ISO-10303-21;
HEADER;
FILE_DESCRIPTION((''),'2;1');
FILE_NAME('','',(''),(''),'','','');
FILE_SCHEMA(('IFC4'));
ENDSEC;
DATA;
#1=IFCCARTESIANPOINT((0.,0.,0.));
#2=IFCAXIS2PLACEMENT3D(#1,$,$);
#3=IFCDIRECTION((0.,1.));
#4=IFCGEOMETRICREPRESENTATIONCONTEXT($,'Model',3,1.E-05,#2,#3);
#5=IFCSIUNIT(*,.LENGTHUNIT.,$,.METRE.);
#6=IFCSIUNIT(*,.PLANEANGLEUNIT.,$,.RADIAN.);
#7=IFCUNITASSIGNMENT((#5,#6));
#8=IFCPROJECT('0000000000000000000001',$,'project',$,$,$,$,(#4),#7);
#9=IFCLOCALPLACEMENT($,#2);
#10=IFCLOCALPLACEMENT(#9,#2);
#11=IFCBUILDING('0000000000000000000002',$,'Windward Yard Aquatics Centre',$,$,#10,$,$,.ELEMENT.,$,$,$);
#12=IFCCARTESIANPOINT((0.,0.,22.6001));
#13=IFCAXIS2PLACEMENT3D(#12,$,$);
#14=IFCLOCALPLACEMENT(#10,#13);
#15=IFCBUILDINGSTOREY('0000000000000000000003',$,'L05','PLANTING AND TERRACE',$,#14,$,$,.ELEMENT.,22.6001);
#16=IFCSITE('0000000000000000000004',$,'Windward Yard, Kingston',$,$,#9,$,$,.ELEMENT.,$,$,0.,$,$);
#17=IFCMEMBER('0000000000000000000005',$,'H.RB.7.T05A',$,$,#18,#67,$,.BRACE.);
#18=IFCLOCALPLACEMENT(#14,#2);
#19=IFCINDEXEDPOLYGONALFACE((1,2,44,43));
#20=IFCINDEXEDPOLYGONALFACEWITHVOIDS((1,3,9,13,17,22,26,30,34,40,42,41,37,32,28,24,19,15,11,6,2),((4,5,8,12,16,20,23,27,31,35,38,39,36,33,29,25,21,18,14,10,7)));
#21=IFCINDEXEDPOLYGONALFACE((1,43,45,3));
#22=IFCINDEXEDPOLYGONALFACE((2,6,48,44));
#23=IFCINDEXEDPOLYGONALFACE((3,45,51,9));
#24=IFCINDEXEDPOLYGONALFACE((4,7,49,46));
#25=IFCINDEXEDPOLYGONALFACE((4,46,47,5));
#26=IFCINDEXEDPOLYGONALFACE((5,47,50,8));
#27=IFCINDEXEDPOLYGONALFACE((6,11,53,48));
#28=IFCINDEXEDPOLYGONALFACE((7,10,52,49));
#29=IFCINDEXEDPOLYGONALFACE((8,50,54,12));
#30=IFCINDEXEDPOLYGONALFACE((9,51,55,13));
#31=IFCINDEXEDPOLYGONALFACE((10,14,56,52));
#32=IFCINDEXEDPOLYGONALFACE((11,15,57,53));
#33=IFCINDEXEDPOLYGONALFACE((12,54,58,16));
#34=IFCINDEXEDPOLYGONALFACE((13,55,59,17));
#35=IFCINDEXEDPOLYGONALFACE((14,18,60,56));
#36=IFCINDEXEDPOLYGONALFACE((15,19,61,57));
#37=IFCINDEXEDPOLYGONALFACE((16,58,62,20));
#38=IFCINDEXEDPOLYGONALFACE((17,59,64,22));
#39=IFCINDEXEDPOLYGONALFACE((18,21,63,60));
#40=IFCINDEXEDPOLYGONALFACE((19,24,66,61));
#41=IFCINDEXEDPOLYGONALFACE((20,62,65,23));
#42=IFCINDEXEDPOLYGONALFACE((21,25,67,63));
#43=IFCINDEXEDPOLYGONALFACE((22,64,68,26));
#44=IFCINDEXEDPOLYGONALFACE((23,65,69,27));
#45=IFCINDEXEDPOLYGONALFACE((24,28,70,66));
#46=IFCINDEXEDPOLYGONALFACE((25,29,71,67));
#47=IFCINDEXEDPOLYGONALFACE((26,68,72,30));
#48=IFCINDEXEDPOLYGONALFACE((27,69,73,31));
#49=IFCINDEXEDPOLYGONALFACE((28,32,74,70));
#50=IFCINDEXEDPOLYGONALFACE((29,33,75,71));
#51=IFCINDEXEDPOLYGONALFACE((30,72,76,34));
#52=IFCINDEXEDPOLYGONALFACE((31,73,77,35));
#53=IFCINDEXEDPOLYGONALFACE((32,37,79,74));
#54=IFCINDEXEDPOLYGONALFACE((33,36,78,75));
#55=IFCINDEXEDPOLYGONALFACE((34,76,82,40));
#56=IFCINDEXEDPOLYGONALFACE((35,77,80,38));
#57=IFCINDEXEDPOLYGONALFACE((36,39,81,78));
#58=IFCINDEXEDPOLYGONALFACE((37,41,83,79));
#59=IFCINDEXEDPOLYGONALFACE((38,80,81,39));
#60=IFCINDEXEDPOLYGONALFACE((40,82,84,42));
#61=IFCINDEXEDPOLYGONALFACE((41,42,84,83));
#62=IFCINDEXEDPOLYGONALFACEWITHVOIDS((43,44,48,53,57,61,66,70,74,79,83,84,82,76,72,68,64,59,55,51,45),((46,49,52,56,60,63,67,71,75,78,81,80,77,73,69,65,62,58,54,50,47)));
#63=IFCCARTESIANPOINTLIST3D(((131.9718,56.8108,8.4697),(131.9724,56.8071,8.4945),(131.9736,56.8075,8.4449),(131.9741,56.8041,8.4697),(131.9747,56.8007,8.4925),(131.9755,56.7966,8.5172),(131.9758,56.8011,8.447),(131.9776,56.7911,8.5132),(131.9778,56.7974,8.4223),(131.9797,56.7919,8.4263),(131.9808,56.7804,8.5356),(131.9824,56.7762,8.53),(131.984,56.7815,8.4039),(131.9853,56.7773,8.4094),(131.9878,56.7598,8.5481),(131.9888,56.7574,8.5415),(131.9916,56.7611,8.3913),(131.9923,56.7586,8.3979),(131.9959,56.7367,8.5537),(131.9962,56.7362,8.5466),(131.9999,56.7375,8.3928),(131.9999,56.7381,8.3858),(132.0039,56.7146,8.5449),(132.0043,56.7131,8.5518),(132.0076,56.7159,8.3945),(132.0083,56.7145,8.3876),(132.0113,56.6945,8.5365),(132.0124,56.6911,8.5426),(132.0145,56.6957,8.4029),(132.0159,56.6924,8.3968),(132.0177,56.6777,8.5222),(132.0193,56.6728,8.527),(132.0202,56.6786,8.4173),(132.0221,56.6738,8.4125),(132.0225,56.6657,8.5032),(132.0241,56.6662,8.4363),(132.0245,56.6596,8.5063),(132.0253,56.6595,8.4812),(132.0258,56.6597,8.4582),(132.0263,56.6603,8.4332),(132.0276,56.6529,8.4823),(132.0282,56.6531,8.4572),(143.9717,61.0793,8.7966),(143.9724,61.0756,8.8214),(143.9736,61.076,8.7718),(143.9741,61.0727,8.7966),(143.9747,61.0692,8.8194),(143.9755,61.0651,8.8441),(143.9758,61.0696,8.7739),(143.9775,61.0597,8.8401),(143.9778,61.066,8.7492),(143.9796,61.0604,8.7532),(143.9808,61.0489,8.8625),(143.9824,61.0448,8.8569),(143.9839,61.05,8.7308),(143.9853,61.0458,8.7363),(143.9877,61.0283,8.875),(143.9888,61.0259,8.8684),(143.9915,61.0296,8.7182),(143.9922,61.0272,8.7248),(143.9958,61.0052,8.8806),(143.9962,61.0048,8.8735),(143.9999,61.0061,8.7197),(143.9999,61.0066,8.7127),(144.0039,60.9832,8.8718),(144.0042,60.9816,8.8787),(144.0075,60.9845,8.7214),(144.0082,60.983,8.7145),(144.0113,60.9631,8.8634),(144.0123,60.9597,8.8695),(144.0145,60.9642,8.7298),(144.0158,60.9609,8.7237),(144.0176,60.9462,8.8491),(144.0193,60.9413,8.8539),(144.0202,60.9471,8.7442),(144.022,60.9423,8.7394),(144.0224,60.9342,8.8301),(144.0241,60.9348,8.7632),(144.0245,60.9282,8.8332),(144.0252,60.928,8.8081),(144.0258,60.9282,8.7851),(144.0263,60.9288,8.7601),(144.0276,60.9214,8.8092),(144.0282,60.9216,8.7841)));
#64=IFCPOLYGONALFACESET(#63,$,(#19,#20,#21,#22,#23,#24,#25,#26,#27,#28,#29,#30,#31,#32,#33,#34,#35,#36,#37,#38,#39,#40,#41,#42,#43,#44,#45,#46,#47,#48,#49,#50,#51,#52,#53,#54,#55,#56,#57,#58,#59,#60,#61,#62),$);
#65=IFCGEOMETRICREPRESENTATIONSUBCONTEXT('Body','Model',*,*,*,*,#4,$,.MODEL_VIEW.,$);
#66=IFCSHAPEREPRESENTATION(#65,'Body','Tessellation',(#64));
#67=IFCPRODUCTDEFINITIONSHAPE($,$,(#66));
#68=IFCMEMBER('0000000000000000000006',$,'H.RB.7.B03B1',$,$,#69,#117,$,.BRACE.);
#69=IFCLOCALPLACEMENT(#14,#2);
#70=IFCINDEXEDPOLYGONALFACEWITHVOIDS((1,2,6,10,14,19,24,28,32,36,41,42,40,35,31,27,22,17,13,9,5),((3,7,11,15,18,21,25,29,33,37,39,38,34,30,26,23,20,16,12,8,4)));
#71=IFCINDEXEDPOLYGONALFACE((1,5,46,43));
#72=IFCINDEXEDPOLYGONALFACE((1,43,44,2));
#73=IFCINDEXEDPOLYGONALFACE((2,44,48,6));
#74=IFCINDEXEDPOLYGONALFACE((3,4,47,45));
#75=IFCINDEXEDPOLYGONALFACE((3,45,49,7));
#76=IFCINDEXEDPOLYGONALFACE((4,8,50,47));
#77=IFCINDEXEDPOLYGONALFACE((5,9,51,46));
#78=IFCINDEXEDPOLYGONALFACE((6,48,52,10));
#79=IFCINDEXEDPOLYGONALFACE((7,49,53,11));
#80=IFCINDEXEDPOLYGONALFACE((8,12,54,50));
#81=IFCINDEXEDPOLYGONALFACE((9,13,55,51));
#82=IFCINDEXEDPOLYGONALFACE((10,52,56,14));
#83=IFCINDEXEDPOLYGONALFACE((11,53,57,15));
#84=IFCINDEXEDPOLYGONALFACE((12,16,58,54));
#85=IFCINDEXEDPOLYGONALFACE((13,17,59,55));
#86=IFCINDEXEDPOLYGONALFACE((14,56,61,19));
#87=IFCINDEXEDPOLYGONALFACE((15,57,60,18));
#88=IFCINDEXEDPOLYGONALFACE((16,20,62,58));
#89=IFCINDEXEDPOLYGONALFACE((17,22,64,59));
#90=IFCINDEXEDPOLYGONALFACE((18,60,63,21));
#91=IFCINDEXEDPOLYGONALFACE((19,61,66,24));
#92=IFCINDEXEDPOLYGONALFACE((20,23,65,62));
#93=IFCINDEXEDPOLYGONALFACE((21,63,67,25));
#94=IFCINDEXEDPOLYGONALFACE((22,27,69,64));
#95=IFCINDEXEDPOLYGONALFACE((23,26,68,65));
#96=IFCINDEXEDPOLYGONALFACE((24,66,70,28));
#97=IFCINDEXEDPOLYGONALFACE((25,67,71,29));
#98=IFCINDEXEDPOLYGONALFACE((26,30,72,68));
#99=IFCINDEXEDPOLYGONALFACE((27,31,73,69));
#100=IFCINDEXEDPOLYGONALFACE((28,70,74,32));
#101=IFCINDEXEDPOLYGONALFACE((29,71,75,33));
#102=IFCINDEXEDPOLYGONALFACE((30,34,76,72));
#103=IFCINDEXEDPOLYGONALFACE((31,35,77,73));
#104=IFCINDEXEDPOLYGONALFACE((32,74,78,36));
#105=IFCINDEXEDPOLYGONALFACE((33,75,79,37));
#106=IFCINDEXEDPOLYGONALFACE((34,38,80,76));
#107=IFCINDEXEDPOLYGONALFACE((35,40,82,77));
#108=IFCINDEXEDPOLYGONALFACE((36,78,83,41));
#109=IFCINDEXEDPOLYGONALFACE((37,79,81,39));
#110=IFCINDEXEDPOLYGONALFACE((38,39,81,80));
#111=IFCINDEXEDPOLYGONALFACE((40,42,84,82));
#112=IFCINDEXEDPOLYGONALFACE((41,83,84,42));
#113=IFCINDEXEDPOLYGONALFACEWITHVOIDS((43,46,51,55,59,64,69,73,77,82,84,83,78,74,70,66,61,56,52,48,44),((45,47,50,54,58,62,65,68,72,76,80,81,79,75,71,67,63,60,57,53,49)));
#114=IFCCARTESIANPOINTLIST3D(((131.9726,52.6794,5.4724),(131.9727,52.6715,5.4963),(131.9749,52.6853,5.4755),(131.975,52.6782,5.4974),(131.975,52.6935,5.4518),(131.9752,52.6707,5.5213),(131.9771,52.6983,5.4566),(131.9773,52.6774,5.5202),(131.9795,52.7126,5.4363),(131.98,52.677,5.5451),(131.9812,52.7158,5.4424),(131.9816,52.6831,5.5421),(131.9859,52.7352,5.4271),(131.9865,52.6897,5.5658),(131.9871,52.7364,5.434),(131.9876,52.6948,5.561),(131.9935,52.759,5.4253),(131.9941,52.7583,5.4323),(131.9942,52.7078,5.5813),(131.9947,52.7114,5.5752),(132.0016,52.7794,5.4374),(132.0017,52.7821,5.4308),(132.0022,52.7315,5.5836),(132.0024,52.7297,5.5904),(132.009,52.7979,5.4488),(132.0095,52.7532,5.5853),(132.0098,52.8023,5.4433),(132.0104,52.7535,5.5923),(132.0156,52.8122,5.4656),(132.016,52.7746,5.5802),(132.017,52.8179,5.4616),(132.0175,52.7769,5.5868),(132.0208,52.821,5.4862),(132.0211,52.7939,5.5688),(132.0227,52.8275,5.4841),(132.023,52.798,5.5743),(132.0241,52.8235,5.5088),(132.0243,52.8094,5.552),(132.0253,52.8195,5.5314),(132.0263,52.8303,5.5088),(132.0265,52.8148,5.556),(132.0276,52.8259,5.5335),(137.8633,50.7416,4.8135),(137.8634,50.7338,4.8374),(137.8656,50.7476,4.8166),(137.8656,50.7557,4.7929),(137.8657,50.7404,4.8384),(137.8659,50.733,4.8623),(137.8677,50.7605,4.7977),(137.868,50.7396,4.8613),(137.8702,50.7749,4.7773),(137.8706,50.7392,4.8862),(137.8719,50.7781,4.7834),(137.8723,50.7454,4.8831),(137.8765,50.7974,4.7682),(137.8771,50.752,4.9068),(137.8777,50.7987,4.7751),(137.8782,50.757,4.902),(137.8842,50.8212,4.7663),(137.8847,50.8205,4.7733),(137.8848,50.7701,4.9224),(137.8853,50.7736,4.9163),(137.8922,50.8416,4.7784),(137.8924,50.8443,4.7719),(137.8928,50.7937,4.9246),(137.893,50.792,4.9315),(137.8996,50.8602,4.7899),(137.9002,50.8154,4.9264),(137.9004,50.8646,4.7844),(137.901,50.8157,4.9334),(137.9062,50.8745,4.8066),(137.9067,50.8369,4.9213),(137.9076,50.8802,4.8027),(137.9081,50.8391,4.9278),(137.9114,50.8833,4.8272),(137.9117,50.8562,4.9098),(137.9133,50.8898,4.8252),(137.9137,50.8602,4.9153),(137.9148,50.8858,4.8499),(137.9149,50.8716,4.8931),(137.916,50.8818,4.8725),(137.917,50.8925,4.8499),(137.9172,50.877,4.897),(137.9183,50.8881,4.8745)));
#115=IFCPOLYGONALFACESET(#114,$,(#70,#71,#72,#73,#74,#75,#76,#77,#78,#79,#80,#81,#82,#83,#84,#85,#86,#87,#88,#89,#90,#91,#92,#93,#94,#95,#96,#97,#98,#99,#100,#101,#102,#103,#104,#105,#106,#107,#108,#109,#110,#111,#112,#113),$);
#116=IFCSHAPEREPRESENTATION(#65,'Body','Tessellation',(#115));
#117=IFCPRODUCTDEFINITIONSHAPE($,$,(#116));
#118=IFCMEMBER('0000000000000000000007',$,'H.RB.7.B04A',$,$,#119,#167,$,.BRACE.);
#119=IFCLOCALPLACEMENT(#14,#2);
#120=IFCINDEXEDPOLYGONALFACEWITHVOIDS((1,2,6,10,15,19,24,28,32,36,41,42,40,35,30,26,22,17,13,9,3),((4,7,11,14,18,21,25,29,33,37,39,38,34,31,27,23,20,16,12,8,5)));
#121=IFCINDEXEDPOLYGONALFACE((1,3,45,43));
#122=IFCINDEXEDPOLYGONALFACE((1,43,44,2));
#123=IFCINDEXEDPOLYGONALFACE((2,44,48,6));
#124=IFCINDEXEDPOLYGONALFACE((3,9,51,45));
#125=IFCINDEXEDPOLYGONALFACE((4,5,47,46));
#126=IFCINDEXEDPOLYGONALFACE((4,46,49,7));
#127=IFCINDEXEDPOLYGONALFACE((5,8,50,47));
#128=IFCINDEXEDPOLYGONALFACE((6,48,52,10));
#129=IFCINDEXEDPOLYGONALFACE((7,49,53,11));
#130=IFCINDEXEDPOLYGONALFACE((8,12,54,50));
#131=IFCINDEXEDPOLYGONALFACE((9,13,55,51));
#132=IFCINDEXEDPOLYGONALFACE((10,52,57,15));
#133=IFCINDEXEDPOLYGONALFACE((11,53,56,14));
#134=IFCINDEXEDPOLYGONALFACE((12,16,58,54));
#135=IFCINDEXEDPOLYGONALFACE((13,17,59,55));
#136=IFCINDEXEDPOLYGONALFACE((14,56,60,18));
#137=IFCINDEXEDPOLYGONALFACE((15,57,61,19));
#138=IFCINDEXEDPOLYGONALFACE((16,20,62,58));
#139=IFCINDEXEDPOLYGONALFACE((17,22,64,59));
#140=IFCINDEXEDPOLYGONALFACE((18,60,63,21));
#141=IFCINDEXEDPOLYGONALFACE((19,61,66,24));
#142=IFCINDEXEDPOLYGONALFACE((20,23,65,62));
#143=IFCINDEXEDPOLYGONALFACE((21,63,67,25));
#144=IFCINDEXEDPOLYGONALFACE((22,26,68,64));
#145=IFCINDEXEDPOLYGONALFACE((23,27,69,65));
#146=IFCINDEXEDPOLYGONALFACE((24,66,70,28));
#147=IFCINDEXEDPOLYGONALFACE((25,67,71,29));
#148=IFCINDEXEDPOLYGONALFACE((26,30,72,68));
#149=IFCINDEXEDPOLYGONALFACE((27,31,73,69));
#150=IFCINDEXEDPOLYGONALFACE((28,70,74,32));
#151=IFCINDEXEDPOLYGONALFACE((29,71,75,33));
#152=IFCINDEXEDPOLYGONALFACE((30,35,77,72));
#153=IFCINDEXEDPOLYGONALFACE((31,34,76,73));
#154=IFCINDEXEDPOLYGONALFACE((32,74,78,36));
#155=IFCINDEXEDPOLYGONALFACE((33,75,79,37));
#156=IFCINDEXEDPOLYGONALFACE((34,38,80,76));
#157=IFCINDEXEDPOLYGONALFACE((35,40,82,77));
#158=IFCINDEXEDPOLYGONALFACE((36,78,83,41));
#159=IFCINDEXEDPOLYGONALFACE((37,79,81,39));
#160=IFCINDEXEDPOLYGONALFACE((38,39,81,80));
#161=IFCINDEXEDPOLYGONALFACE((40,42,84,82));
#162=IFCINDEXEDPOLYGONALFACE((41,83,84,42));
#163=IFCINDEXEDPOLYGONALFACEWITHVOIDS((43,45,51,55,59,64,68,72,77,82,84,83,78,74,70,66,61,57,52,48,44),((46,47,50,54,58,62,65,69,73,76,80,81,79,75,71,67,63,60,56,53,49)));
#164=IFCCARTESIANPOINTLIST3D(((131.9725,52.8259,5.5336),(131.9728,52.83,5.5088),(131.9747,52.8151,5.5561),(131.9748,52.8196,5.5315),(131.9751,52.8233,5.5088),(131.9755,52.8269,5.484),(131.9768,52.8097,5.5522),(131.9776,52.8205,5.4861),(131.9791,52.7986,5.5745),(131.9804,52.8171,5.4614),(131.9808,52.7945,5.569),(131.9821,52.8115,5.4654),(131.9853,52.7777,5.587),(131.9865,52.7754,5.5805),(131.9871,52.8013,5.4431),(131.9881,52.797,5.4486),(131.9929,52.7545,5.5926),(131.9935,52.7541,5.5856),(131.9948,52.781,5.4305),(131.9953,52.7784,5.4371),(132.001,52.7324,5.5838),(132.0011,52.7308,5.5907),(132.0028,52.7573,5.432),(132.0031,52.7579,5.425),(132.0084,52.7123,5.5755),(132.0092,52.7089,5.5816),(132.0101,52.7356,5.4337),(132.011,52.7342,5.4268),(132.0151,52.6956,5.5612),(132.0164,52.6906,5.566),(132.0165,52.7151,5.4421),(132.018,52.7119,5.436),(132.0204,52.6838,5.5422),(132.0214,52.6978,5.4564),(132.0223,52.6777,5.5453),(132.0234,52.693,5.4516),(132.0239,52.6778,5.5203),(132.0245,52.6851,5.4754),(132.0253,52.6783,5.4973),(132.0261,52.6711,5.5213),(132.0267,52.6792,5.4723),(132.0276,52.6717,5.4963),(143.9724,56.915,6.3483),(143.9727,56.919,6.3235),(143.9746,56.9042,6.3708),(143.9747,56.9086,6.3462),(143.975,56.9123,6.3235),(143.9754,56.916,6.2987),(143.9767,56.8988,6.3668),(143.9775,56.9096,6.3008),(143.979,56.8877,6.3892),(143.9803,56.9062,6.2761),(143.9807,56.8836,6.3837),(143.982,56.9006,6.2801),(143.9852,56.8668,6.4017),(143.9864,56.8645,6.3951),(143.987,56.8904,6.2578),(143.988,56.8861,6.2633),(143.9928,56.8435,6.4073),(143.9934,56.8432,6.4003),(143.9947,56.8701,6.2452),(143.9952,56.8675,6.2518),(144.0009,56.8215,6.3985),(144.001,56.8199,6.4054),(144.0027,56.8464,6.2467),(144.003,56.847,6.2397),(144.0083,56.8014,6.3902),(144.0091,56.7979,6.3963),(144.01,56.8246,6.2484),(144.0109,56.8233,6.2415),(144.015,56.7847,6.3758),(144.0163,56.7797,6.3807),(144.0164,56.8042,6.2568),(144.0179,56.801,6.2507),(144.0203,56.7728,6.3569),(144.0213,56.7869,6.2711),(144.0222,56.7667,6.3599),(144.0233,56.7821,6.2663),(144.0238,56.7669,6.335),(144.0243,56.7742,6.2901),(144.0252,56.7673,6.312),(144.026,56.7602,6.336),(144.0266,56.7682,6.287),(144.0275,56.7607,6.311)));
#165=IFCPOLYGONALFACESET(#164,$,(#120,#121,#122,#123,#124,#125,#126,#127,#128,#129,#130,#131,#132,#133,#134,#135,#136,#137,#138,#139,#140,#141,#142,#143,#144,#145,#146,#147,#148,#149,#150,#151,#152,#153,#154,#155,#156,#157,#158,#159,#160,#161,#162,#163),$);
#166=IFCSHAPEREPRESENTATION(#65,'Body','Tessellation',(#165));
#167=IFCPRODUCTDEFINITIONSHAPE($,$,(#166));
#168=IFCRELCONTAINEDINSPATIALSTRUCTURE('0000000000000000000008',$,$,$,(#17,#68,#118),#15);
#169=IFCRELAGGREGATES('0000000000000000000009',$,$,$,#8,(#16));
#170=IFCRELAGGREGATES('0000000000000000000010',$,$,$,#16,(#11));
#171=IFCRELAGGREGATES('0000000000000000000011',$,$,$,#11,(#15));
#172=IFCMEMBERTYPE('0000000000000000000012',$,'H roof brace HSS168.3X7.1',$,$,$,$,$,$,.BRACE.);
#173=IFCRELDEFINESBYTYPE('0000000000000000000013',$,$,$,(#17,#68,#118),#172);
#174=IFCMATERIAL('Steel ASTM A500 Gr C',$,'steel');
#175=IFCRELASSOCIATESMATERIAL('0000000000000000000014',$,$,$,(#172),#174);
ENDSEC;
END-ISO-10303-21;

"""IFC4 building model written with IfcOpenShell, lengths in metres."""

from ifc_helpers import new_model, si_unit, direction, frame, origin, origin_2d, place, context, subcontext, project, spatial, hollow_circle, extrude, material, material_profile, profile_set, type_object, element, save


model = new_model("IFC4")

# Units and contexts
model_context = context("Model", 3, precision=1e-05, world=origin(), true_north=direction((0.0, 1.0)))
body_context = subcontext(model_context, "Body", "Model", "MODEL_VIEW")
ifc_project = project(units=[si_unit("LENGTHUNIT", "METRE"), si_unit("PLANEANGLEUNIT", "RADIAN")], contexts=[model_context])

# Site, building, storey
site_placement = place(None, origin())
site = spatial("IfcSite", under=ifc_project, at=site_placement, Name="Windward Yard, Kingston", CompositionType="ELEMENT", RefElevation=0.0)
building_placement = place(site_placement, origin())
building = spatial("IfcBuilding", under=site, at=building_placement, Name="Windward Yard Aquatics Centre", CompositionType="ELEMENT")
storey_placement = place(building_placement, frame((0.0, 0.0, 22.6001)))
storey = spatial("IfcBuildingStorey", under=building, at=storey_placement, Name="L05", Description="PLANTING AND TERRACE", CompositionType="ELEMENT", Elevation=22.6001)

# Members
ifc_material_1 = material(Name="Steel ASTM A500 Gr C", Category="steel")
ifc_material_profile_1 = material_profile(ifc_material_1, hollow_circle(Radius=0.0842, WallThickness=0.0071, at=origin_2d()), Name="HSS168.3X7.1")
ifc_profile_set_1 = profile_set([ifc_material_profile_1], Name="Steel ASTM A500 Gr C")
member_type_1 = type_object("IfcMemberType", Name="H roof brace HSS168.3X7.1", PredefinedType="BRACE", material=ifc_profile_set_1)
member_1_placement = place(storey_placement, frame((132.0, 56.7314, 8.4697), z_axis=(0.941858, 0.335031, 0.025658), x_axis=(-0.335141, 0.942168, 0.0)))
element("IfcMember", 1, at=member_1_placement, inside=storey, type_object=member_type_1, Name="H.RB.7.T05A", PredefinedType="BRACE", context=body_context, shape_type="SweptSolid", body=[
    extrude(hollow_circle(Radius=0.0842, WallThickness=0.0071, at=origin_2d()), origin(), (0.0, 0.0, 1.0), 12.7407),
])
member_2_placement = place(storey_placement, frame((132.0, 52.7502, 5.5088), z_axis=(0.944606, -0.310732, -0.105665), x_axis=(0.312481, 0.949924, 0.0)))
element("IfcMember", 2, at=member_2_placement, inside=storey, type_object=member_type_1, Name="H.RB.7.B03B1", PredefinedType="BRACE", context=body_context, shape_type="SweptSolid", body=[
    extrude(hollow_circle(Radius=0.0842, WallThickness=0.0071, at=origin_2d()), origin(), (0.0, 0.0, 1.0), 6.2361),
])
member_3_placement = place(storey_placement, frame((132.0, 52.7502, 5.5088), z_axis=(0.944605, 0.321883, 0.064131), x_axis=(-0.322547, 0.946553, 0.0)))
element("IfcMember", 3, at=member_3_placement, inside=storey, type_object=member_type_1, Name="H.RB.7.B04A", PredefinedType="BRACE", context=body_context, shape_type="SweptSolid", body=[
    extrude(hollow_circle(Radius=0.0842, WallThickness=0.0071, at=origin_2d()), origin(), (0.0, 0.0, 1.0), 12.7036),
])

save(model, "model.ifc")
